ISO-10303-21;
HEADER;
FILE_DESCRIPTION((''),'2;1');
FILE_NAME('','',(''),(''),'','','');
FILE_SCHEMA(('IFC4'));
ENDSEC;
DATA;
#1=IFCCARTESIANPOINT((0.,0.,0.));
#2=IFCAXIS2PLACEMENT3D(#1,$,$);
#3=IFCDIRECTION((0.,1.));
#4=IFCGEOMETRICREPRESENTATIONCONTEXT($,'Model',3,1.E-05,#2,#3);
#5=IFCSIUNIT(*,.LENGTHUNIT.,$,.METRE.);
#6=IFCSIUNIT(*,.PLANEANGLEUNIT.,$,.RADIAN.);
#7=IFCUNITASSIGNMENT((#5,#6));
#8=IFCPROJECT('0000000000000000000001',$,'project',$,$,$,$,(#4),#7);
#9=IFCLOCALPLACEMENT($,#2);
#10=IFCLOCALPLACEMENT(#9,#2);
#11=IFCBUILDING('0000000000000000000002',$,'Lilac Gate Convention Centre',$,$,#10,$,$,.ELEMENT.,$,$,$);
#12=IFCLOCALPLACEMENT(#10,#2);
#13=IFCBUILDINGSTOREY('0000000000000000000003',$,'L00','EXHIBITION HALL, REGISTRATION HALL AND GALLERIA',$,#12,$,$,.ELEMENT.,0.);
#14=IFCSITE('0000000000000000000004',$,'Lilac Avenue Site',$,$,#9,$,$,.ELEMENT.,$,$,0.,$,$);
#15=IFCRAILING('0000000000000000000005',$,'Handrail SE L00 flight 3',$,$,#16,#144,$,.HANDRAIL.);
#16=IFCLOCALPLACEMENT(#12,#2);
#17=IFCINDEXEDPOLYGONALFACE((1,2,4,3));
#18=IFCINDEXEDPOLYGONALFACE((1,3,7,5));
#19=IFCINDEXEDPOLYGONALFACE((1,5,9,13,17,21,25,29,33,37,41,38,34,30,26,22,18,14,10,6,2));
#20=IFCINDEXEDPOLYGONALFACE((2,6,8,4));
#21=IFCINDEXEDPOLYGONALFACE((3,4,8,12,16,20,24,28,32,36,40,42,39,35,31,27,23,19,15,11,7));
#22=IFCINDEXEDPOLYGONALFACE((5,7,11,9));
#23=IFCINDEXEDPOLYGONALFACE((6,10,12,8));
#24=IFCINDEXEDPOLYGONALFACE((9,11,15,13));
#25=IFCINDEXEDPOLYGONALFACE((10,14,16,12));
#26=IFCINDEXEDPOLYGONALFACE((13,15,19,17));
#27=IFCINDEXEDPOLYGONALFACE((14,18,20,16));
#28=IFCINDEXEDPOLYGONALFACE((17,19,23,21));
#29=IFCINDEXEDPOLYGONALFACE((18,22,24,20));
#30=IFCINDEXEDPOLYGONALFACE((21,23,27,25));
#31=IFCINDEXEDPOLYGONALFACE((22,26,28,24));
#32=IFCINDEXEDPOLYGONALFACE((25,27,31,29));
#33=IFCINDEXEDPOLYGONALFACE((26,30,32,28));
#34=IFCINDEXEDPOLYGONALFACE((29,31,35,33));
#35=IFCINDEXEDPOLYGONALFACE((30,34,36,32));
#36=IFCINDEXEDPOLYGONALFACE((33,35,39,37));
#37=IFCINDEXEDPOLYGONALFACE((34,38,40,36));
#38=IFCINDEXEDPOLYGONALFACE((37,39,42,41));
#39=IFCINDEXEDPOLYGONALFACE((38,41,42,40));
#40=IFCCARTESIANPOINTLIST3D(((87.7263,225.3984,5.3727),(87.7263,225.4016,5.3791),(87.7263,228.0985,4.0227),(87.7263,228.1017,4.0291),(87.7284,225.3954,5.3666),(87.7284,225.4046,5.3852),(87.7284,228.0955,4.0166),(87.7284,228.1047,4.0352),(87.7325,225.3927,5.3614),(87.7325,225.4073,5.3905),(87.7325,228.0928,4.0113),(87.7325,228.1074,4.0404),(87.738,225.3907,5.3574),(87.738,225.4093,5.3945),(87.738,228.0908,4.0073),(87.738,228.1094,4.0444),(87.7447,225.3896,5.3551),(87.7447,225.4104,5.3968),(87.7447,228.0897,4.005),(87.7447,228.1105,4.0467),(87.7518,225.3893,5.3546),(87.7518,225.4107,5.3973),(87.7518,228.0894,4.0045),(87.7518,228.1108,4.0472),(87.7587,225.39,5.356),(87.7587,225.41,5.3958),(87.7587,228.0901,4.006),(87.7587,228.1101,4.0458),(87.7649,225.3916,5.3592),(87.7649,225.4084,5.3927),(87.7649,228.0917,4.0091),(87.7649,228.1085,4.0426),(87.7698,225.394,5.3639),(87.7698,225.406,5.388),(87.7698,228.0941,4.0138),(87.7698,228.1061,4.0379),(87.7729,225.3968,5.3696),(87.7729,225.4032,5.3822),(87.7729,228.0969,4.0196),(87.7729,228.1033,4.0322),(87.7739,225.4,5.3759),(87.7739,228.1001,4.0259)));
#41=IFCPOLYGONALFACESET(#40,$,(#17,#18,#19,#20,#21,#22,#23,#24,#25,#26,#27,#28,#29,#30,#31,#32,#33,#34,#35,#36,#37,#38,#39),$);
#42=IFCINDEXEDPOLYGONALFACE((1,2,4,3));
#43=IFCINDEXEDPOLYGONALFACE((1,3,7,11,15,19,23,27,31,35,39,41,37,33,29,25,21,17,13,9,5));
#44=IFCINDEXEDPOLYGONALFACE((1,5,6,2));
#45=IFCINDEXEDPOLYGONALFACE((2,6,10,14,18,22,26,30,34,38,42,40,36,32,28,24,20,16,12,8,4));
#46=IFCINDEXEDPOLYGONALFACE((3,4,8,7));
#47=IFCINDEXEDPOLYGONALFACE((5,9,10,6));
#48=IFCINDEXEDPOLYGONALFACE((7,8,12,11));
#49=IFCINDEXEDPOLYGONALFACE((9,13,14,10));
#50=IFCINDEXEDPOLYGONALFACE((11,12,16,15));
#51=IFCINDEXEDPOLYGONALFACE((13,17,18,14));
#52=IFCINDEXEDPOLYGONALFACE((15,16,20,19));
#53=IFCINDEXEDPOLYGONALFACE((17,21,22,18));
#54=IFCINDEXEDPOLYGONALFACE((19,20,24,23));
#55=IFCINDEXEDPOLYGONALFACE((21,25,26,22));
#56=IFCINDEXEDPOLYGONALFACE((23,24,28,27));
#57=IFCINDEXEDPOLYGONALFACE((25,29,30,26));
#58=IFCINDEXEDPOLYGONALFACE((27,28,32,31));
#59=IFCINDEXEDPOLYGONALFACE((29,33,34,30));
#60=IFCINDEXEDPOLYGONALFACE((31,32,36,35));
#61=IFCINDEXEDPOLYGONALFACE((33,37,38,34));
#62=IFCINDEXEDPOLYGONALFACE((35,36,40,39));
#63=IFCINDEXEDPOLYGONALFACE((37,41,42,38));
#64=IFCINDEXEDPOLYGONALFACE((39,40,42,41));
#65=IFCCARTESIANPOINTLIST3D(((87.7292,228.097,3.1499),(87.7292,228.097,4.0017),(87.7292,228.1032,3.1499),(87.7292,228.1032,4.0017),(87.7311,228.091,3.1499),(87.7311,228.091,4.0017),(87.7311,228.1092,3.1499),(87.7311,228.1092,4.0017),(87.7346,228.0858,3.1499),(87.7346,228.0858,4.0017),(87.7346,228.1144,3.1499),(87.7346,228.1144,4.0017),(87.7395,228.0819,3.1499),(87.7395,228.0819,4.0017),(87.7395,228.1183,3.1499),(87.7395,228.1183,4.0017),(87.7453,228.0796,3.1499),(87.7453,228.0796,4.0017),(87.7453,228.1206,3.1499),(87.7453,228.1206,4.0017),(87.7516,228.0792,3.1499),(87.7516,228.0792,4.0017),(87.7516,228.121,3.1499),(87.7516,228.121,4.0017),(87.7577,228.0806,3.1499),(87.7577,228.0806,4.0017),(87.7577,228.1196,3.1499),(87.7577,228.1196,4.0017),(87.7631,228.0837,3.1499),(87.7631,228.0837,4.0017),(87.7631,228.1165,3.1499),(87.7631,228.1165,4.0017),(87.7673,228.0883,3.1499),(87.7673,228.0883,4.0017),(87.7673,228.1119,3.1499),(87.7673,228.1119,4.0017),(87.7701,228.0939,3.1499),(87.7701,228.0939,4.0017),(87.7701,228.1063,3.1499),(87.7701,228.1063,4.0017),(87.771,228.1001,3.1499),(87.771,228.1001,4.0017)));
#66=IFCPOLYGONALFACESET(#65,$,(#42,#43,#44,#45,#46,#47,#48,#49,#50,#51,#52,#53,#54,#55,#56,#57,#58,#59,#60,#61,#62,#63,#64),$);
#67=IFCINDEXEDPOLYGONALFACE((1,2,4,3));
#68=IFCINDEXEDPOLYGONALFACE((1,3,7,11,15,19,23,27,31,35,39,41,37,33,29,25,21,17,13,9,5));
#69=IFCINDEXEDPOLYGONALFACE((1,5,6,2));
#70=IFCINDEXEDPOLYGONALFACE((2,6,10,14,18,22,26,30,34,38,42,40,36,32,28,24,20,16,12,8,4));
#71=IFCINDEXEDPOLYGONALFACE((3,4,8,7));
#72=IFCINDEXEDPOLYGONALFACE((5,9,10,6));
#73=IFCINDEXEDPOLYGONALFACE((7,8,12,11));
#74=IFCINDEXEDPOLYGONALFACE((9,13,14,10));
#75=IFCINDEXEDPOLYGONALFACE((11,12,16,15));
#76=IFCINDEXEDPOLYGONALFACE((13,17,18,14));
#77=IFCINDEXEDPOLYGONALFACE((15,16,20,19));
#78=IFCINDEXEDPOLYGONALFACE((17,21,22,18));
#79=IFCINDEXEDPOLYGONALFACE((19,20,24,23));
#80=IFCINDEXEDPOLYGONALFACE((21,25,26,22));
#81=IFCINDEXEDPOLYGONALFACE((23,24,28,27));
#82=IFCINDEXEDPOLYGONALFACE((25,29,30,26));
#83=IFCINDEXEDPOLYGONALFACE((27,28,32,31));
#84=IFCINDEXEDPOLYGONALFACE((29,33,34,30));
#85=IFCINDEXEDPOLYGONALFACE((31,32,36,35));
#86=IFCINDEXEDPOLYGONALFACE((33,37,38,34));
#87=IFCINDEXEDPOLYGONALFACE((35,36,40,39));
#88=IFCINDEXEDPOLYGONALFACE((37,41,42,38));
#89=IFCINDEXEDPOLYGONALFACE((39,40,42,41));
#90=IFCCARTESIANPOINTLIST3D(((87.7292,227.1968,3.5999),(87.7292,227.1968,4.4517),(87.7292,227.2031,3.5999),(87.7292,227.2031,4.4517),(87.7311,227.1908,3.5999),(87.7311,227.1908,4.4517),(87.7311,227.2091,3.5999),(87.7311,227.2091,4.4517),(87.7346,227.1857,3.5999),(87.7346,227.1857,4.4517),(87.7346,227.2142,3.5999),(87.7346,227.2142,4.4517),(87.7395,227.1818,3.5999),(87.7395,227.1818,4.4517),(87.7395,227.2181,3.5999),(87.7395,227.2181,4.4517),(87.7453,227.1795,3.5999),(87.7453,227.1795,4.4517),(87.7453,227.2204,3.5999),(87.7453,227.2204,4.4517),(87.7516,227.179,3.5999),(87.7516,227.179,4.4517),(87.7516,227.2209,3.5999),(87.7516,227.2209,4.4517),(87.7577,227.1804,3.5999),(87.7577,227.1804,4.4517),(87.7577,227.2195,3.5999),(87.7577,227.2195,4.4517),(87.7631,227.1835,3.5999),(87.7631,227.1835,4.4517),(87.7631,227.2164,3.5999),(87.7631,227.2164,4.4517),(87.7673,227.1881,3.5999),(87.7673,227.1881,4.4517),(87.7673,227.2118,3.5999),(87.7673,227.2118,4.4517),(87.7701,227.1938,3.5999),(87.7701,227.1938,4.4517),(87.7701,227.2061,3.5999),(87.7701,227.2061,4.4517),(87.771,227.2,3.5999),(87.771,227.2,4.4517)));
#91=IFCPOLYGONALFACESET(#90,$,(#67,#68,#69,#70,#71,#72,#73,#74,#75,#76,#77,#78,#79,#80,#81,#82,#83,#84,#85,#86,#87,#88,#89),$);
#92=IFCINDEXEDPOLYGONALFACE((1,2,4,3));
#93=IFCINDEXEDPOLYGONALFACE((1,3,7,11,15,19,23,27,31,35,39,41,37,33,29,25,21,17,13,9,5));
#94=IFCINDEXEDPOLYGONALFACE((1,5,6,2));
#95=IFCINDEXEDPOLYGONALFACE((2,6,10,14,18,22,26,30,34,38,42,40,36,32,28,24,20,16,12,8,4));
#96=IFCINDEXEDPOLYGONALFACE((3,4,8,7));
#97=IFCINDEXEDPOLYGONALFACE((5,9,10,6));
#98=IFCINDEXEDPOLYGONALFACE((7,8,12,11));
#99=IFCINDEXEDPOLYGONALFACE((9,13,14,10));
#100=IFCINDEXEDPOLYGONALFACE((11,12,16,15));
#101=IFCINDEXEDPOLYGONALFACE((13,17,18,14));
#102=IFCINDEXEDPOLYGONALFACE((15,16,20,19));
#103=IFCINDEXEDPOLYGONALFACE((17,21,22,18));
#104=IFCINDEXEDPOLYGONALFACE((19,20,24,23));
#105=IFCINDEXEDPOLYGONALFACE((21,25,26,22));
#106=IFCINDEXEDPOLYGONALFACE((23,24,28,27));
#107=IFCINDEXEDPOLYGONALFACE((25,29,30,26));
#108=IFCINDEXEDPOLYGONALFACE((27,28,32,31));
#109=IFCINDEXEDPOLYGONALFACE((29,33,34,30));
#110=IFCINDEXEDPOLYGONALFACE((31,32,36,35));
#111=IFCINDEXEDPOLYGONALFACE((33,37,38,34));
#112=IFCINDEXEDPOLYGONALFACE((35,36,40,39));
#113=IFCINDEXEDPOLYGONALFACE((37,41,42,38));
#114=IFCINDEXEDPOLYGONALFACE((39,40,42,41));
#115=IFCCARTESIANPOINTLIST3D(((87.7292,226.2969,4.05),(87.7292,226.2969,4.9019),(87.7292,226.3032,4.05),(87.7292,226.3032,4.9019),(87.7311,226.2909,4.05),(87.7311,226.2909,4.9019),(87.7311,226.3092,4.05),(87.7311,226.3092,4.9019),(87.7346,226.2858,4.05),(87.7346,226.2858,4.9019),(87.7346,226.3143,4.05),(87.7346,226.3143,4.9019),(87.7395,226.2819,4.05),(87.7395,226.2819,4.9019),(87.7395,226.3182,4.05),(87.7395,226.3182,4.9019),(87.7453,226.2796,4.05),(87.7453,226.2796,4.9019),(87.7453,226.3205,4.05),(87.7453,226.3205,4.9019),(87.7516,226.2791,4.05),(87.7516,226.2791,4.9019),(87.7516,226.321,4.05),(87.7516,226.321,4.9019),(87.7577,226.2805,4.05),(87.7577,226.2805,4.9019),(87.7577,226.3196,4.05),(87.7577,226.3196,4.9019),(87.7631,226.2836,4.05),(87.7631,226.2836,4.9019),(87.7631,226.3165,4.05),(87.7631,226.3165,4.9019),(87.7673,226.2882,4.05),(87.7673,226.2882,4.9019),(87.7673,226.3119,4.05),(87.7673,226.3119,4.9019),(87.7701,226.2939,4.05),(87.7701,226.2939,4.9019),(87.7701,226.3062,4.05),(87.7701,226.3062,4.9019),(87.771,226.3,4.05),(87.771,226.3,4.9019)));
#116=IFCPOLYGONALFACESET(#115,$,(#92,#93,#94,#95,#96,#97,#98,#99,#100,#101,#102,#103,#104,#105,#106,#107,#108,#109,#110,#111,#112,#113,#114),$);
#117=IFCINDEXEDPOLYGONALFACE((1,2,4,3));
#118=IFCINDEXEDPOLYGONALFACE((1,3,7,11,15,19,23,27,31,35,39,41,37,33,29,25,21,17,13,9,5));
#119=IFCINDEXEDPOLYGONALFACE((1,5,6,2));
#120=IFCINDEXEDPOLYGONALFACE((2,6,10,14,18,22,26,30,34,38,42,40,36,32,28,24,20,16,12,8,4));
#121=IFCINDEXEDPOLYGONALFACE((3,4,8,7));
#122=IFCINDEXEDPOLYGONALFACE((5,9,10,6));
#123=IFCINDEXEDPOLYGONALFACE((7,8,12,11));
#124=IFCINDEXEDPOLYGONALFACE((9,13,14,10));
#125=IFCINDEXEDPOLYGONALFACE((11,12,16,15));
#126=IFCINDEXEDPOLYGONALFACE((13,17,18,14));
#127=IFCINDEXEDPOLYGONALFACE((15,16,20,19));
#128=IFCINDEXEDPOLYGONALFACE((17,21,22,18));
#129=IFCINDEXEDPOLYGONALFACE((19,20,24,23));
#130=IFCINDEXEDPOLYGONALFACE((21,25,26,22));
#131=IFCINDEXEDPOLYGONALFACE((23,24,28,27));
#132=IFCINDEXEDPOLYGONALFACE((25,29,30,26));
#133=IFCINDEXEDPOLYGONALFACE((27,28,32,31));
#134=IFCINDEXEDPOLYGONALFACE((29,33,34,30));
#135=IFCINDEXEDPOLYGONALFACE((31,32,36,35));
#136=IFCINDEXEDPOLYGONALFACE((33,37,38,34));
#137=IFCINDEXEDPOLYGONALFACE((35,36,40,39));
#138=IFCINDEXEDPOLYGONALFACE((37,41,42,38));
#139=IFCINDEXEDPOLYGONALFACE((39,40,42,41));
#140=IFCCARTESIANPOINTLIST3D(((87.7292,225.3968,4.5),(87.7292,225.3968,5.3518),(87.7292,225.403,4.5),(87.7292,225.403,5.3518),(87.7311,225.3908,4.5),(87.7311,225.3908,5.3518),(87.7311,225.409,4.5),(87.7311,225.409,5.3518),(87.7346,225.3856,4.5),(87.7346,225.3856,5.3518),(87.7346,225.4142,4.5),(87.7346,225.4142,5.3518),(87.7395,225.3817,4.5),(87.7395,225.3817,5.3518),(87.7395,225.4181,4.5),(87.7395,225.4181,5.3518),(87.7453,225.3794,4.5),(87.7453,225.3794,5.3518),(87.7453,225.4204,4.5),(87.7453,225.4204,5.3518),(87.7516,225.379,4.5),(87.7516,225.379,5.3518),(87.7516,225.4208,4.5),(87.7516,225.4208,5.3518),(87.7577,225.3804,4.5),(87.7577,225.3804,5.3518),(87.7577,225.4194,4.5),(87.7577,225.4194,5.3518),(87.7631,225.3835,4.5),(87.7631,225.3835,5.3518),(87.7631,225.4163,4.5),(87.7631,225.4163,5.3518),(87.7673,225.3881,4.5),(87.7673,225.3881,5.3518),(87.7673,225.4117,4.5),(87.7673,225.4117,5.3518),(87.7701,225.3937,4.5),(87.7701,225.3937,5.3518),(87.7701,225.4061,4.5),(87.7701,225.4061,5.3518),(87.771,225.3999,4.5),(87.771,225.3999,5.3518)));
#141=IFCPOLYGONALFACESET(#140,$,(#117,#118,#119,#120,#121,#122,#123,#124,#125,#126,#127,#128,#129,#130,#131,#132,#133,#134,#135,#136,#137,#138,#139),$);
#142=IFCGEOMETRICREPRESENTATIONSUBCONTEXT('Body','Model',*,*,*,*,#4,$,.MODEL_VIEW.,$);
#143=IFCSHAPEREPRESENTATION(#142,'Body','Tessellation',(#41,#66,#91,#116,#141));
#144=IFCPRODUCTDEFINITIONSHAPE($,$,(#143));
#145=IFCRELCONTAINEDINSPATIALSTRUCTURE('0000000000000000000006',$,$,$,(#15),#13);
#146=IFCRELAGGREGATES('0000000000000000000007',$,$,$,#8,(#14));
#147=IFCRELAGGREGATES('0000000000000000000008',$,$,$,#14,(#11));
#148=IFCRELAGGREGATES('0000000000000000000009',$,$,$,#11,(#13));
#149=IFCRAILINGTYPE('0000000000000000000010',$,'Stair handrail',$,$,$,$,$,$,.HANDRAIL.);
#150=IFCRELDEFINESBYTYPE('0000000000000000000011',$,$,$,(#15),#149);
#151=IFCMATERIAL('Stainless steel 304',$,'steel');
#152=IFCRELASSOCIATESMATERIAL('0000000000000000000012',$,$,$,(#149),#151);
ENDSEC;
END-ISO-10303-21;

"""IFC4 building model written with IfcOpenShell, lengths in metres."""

from ifc_helpers import new_model, si_unit, direction, frame, origin, origin_2d, place, context, subcontext, project, spatial, circle, extrude, material, type_object, element, save


model = new_model("IFC4")

# Units and contexts
model_context = context("Model", 3, precision=1e-05, world=origin(), true_north=direction((0.0, 1.0)))
body_context = subcontext(model_context, "Body", "Model", "MODEL_VIEW")
ifc_project = project(units=[si_unit("LENGTHUNIT", "METRE"), si_unit("PLANEANGLEUNIT", "RADIAN")], contexts=[model_context])

# Site, building, storey
site_placement = place(None, origin())
site = spatial("IfcSite", under=ifc_project, at=site_placement, Name="Lilac Avenue Site", CompositionType="ELEMENT", RefElevation=0.0)
building_placement = place(site_placement, origin())
building = spatial("IfcBuilding", under=site, at=building_placement, Name="Lilac Gate Convention Centre", CompositionType="ELEMENT")
storey_placement = place(building_placement, origin())
storey = spatial("IfcBuildingStorey", under=building, at=storey_placement, Name="L00", Description="EXHIBITION HALL, REGISTRATION HALL AND GALLERIA", CompositionType="ELEMENT", Elevation=0.0)

# Railing
ifc_material_1 = material(Name="Stainless steel 304", Category="steel")
railing_type = type_object("IfcRailingType", Name="Stair handrail", PredefinedType="HANDRAIL", material=ifc_material_1)
railing_1_placement = place(storey_placement, frame((87.75, 228.1001, 3.1499)))
element("IfcRailing", 1, at=railing_1_placement, inside=storey, type_object=railing_type, Name="Handrail SE L00 flight 3", PredefinedType="HANDRAIL", context=body_context, shape_type="SweptSolid", body=[
    extrude(circle(Radius=0.0239, at=origin_2d()), frame((0.0, 0.0, 0.876), z_axis=(0.0, -0.894427, 0.447214), x_axis=(1.0, 0.0, 0.0)), (0.0, 0.0, 1.0), 3.0188),
    extrude(circle(Radius=0.021, at=origin_2d()), origin(), (0.0, 0.0, 1.0), 0.8518),
    extrude(circle(Radius=0.021, at=origin_2d()), frame((0.0, -0.9001, 0.45)), (0.0, 0.0, 1.0), 0.8518),
    extrude(circle(Radius=0.021, at=origin_2d()), frame((0.0, -1.8, 0.9001)), (0.0, 0.0, 1.0), 0.8518),
    extrude(circle(Radius=0.021, at=origin_2d()), frame((0.0, -2.7002, 1.3501)), (0.0, 0.0, 1.0), 0.8518),
])

save(model, "model.ifc")
